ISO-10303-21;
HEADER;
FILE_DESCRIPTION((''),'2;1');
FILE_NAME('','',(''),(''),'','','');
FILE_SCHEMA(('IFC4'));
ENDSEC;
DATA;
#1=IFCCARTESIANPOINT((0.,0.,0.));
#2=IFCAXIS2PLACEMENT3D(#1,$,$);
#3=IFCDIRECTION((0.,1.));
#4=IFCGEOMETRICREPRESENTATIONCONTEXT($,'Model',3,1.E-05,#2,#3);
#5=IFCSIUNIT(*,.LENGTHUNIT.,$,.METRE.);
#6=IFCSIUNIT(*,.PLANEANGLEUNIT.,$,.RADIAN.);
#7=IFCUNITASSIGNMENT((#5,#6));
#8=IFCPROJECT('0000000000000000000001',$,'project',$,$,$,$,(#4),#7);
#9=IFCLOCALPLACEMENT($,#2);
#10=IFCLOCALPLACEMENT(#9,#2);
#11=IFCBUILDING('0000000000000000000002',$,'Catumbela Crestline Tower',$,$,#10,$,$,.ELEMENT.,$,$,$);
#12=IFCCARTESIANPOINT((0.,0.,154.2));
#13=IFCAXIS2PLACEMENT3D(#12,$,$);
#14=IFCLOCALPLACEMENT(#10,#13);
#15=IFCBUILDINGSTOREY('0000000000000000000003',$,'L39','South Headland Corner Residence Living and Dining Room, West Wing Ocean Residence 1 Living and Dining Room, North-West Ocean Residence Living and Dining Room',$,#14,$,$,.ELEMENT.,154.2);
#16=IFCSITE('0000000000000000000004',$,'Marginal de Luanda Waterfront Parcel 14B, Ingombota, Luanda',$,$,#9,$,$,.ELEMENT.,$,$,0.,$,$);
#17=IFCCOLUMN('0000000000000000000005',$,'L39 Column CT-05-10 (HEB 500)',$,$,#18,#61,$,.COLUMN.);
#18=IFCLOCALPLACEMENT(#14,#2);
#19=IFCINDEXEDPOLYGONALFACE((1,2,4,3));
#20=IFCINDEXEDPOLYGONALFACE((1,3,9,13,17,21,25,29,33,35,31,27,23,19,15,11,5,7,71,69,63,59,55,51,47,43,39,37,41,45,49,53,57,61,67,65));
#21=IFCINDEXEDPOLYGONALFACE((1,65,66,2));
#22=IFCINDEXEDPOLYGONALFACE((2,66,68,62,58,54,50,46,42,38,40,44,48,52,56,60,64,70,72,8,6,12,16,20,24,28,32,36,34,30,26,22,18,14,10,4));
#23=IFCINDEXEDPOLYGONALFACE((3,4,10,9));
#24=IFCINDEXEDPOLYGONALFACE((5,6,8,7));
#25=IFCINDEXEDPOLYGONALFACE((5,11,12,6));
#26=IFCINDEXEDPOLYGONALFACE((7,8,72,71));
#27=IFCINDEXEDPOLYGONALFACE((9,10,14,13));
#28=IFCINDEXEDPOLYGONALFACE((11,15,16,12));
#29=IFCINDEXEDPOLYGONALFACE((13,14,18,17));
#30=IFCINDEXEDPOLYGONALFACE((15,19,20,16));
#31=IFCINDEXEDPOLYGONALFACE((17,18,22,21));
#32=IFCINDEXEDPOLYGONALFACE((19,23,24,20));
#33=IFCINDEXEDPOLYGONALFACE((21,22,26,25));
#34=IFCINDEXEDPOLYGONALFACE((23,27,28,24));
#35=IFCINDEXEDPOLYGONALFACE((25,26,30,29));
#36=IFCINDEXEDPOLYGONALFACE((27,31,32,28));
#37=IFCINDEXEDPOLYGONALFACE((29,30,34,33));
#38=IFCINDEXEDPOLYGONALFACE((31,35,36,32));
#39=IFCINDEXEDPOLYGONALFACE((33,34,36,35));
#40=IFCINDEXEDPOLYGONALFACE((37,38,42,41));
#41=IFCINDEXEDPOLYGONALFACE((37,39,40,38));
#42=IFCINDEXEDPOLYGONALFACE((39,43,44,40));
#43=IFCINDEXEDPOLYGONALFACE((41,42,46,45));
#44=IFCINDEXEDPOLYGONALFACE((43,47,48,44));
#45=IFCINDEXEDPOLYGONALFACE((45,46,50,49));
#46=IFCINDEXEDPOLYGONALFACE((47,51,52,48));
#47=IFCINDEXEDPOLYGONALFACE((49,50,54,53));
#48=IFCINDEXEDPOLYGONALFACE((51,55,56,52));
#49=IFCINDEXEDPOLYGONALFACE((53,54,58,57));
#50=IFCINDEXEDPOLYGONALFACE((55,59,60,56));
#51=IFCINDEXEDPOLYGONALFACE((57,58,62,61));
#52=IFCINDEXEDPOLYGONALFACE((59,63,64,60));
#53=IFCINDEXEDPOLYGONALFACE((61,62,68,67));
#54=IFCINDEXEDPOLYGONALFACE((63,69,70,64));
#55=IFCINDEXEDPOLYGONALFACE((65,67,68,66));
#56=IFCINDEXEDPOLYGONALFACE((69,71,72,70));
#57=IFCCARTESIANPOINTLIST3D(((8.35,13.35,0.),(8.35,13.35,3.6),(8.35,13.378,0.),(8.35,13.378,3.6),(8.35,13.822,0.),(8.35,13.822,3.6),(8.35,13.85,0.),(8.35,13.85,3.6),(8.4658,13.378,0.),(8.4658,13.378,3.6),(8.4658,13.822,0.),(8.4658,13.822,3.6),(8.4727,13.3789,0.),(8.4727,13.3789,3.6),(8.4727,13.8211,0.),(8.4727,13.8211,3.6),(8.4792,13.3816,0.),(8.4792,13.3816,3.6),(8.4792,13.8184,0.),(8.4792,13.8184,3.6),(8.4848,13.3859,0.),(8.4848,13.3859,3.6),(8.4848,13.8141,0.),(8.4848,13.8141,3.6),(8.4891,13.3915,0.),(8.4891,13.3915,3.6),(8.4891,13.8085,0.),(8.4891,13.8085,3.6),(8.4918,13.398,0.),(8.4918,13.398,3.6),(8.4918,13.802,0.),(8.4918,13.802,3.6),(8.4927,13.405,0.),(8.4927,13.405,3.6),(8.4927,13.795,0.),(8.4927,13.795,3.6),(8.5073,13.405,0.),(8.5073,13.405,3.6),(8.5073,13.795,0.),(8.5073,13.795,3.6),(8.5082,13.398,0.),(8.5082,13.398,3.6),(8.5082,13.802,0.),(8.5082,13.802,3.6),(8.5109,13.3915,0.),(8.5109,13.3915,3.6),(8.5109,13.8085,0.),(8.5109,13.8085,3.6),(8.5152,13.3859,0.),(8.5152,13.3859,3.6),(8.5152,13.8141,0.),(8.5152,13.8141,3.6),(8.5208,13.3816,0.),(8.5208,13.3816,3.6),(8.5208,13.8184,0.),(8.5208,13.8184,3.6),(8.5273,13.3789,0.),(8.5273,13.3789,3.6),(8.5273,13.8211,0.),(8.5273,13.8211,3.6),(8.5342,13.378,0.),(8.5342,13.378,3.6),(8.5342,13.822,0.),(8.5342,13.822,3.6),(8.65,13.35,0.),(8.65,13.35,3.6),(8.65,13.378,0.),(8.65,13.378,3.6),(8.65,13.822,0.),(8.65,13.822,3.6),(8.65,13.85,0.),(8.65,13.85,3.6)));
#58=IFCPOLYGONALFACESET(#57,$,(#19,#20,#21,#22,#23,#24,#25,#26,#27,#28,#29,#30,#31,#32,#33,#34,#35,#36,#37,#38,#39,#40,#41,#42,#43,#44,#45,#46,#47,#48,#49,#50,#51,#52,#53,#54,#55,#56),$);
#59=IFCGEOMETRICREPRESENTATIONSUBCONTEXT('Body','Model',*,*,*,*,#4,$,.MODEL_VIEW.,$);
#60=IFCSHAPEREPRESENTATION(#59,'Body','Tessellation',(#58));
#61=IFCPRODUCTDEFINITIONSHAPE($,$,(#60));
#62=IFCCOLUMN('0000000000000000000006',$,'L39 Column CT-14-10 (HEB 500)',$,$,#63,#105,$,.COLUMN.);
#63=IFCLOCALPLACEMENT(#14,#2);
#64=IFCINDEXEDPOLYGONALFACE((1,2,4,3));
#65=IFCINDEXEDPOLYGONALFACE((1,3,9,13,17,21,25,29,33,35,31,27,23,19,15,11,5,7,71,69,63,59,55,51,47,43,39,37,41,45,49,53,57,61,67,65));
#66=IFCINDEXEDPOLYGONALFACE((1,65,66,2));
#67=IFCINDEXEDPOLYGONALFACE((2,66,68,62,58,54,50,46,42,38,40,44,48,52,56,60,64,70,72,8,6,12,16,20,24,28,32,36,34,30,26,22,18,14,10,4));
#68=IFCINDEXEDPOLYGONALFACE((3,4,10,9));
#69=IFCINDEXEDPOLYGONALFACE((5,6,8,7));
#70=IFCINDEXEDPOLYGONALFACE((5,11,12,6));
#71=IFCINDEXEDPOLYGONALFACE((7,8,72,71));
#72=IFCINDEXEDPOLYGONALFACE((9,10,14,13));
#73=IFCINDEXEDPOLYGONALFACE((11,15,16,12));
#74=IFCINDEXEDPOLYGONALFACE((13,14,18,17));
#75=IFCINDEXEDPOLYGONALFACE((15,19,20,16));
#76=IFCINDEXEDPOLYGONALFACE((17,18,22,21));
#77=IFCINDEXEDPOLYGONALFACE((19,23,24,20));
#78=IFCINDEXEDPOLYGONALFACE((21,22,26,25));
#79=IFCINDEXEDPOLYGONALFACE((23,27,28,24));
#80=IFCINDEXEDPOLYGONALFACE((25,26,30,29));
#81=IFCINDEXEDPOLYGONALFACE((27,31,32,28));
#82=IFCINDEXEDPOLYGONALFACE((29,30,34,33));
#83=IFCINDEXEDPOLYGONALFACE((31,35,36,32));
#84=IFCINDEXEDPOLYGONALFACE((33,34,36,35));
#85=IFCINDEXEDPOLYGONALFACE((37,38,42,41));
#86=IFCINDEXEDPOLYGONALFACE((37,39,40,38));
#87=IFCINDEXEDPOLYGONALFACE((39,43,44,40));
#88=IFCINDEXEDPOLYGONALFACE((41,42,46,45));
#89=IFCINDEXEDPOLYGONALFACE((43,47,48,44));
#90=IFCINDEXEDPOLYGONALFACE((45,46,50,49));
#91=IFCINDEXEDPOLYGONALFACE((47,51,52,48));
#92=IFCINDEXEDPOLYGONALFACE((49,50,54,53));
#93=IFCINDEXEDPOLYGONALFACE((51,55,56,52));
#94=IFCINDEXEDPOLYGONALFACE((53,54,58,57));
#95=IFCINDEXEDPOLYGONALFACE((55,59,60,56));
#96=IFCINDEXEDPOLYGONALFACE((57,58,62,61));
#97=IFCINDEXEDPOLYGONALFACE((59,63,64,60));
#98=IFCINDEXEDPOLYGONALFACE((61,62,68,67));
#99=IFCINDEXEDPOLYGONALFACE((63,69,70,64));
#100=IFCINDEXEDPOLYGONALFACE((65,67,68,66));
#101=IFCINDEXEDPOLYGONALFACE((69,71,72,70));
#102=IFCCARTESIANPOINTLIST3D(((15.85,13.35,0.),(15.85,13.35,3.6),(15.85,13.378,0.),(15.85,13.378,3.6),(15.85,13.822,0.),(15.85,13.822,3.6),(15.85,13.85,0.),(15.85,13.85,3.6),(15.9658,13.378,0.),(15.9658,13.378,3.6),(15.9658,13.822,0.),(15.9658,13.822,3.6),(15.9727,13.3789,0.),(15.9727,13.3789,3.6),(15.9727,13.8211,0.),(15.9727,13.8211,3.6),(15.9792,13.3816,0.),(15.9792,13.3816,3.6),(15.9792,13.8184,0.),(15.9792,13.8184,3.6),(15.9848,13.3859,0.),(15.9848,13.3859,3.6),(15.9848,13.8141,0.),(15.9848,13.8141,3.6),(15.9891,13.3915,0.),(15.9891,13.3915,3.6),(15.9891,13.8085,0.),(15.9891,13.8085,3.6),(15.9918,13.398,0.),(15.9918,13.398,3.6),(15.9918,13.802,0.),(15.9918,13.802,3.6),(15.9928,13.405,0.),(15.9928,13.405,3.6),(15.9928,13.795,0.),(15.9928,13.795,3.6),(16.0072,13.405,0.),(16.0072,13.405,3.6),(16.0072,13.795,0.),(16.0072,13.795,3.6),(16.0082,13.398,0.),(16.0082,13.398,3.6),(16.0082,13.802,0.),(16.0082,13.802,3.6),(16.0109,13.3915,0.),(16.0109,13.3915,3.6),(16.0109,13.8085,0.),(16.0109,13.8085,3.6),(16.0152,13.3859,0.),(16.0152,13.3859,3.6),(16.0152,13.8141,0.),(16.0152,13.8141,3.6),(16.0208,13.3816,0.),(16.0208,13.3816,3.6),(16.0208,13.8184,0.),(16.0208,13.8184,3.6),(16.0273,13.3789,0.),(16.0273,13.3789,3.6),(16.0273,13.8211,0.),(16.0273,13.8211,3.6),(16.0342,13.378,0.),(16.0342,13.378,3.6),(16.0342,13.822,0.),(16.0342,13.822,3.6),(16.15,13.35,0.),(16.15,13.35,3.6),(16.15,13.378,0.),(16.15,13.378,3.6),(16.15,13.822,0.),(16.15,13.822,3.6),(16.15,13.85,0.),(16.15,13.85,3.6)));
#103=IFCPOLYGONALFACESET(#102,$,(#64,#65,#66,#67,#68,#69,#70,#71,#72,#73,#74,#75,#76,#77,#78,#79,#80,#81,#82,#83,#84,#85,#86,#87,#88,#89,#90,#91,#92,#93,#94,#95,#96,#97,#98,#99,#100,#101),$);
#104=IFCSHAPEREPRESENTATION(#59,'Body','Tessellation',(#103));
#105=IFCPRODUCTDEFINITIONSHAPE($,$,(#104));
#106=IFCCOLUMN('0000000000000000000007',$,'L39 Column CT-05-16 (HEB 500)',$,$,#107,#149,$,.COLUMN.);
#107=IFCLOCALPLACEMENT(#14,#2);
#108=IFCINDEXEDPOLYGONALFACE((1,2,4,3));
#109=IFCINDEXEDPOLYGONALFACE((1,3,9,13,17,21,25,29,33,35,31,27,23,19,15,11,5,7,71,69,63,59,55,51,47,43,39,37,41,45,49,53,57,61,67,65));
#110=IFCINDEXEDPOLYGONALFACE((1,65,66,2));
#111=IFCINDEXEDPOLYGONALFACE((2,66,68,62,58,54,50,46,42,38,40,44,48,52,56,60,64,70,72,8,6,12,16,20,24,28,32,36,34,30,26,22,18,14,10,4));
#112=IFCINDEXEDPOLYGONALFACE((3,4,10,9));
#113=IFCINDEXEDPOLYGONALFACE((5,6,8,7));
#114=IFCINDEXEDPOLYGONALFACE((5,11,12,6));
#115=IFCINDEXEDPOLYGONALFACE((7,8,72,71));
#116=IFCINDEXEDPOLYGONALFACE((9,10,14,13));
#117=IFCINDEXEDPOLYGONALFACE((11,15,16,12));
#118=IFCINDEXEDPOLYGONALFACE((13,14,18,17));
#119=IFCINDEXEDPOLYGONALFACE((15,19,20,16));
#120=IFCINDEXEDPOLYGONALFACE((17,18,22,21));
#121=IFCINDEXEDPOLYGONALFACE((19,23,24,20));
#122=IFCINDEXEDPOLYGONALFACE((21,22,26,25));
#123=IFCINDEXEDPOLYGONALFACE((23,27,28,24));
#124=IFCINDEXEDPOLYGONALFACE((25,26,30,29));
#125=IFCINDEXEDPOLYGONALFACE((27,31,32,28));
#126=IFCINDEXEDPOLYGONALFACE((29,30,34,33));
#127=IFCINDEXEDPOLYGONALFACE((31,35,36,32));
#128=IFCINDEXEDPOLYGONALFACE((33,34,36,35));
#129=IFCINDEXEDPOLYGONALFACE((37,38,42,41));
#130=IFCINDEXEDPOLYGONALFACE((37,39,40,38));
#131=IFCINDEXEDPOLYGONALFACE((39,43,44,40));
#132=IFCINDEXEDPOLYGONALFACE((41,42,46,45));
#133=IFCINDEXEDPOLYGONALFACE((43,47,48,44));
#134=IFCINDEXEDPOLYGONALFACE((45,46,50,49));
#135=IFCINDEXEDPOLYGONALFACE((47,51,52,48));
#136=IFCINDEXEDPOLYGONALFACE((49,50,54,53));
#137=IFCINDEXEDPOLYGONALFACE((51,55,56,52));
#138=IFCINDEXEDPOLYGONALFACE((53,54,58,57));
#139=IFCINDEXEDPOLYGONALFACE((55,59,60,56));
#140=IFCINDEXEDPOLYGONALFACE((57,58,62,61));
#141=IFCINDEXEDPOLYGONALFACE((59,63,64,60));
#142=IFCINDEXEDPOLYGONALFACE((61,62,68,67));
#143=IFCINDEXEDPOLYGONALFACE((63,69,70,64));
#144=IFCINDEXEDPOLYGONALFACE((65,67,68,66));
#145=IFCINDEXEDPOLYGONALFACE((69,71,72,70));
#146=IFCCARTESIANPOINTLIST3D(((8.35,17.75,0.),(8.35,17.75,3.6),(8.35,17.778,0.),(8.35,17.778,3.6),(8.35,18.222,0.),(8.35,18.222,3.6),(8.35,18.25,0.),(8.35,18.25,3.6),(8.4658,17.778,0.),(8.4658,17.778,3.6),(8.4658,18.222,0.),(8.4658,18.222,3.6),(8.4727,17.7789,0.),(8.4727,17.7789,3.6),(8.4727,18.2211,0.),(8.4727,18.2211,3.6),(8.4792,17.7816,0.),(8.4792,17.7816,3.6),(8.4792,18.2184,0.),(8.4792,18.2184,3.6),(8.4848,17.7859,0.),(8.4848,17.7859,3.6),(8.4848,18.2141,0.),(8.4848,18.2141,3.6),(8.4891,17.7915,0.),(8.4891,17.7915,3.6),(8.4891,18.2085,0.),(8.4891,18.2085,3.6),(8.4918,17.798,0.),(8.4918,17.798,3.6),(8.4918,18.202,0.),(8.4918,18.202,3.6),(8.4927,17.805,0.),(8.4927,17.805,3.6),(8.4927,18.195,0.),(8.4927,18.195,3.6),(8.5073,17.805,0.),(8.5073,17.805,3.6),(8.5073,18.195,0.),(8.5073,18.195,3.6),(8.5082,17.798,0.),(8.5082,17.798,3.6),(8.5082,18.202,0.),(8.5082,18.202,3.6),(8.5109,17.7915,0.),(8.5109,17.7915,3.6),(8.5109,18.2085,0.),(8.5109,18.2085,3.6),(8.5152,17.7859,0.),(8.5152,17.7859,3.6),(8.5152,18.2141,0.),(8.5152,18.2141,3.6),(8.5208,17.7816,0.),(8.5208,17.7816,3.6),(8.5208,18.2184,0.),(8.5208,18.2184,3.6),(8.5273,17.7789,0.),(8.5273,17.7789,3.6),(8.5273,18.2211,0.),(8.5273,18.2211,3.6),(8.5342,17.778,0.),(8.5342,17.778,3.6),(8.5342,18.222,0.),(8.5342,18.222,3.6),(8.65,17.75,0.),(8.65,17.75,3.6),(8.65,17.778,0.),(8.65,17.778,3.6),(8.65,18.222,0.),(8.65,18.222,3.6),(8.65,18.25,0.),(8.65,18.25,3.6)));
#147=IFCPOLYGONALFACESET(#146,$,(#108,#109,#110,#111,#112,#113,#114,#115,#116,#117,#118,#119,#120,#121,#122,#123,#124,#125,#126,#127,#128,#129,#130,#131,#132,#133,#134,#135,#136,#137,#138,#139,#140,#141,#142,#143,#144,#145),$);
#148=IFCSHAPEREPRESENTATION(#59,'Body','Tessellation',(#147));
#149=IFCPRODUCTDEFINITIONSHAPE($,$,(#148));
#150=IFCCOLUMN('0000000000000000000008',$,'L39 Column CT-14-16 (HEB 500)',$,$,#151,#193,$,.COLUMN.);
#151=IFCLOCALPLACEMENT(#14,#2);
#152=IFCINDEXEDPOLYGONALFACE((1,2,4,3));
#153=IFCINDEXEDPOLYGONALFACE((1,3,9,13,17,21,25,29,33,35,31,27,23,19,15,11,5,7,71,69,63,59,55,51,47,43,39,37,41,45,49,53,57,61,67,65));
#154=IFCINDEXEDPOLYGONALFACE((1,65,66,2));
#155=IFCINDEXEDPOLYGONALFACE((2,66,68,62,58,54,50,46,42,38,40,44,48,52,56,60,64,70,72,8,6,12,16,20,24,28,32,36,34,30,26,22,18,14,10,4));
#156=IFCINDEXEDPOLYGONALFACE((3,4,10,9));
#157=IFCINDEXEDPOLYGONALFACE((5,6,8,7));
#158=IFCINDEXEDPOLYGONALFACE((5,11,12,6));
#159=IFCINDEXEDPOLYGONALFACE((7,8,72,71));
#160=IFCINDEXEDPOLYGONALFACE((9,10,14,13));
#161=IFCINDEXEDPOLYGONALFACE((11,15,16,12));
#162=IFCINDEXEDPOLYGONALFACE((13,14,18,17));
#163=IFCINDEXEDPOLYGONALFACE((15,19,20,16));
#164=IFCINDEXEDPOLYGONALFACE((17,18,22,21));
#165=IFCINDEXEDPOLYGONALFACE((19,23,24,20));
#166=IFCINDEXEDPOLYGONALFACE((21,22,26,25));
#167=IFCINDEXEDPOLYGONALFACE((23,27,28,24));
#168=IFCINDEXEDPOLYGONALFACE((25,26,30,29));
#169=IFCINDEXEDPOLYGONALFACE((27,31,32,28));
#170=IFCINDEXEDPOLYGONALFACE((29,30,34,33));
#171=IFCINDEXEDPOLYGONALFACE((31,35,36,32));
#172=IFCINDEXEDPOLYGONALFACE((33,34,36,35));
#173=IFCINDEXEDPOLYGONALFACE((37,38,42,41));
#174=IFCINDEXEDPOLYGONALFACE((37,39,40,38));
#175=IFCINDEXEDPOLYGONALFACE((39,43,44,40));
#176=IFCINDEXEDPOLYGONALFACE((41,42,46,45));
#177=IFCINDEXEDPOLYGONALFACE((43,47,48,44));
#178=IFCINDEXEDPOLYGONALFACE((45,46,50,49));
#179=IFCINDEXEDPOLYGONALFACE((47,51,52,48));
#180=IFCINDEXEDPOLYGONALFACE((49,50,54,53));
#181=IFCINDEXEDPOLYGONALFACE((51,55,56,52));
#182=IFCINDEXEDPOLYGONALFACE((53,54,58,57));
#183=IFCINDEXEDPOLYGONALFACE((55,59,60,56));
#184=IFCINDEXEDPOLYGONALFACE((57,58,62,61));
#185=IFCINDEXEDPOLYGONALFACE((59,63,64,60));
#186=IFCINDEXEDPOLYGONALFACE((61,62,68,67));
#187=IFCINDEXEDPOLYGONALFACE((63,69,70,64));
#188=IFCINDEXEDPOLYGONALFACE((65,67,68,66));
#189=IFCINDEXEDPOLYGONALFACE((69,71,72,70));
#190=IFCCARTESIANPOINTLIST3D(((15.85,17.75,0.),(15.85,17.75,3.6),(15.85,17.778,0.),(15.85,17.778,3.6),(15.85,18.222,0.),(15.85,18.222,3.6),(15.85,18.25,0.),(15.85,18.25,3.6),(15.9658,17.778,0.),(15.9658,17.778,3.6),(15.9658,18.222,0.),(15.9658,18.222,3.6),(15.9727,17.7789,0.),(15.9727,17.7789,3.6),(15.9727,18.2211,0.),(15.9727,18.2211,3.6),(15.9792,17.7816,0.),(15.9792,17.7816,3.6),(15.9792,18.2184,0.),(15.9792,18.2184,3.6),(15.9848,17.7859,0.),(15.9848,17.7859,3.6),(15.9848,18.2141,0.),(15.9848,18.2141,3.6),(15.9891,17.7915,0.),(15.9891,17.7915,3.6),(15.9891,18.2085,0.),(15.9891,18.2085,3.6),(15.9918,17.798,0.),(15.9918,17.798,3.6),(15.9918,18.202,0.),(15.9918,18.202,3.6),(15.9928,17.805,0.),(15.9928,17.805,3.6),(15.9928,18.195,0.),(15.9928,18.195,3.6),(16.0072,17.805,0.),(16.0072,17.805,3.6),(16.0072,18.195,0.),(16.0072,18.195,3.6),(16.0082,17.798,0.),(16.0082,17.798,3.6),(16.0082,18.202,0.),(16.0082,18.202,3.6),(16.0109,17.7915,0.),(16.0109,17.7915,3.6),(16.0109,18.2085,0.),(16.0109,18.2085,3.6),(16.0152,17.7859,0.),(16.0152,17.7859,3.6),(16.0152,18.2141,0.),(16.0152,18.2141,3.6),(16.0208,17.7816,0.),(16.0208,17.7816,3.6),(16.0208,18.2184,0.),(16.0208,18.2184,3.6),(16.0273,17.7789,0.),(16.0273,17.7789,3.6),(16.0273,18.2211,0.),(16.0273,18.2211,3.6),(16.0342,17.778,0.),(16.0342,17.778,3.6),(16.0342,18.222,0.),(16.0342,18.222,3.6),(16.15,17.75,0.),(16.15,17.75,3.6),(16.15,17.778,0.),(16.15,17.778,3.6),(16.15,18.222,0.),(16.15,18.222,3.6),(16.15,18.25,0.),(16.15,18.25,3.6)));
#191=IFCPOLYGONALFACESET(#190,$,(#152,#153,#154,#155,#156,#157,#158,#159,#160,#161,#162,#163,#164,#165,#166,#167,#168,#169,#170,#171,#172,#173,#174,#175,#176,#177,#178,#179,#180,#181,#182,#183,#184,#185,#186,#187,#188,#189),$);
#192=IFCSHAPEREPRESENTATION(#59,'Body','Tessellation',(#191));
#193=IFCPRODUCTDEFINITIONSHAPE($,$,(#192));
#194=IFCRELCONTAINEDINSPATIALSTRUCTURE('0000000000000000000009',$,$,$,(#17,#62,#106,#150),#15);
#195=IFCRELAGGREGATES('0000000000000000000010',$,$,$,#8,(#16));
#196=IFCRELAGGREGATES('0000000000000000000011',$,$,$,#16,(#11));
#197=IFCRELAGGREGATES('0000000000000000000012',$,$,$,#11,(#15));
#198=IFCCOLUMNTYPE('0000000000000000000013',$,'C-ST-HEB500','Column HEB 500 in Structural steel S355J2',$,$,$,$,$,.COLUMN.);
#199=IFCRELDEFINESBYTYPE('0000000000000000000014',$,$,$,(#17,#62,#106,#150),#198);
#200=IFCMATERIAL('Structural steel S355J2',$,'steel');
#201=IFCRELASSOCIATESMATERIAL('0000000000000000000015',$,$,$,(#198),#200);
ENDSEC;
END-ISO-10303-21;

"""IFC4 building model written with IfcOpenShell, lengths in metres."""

from ifc_helpers import new_model, si_unit, direction, frame, origin, origin_2d, place, context, subcontext, project, spatial, i_section, extrude, material, material_profile, profile_set, type_object, element, save


model = new_model("IFC4")

# Units and contexts
model_context = context("Model", 3, precision=1e-05, world=origin(), true_north=direction((0.0, 1.0)))
body_context = subcontext(model_context, "Body", "Model", "MODEL_VIEW")
ifc_project = project(units=[si_unit("LENGTHUNIT", "METRE"), si_unit("PLANEANGLEUNIT", "RADIAN")], contexts=[model_context])

# Site, building, storey
site_placement = place(None, origin())
site = spatial("IfcSite", under=ifc_project, at=site_placement, Name="Marginal de Luanda Waterfront Parcel 14B, Ingombota, Luanda", CompositionType="ELEMENT", RefElevation=0.0)
building_placement = place(site_placement, origin())
building = spatial("IfcBuilding", under=site, at=building_placement, Name="Catumbela Crestline Tower", CompositionType="ELEMENT")
storey_placement = place(building_placement, frame((0.0, 0.0, 154.2)))
storey = spatial("IfcBuildingStorey", under=building, at=storey_placement, Name="L39", Description="South Headland Corner Residence Living and Dining Room, West Wing Ocean Residence 1 Living and Dining Room, North-West Ocean Residence Living and Dining Room", CompositionType="ELEMENT", Elevation=154.2)

# Columns
ifc_material_1 = material(Name="Structural steel S355J2", Category="steel")
ifc_material_profile_1 = material_profile(ifc_material_1, i_section(OverallWidth=0.3, OverallDepth=0.5, WebThickness=0.0145, FlangeThickness=0.028, FilletRadius=0.027, at=origin_2d()), Name="HEB 500")
ifc_profile_set_1 = profile_set([ifc_material_profile_1], Name="Structural steel S355J2")
column_type = type_object("IfcColumnType", Name="C-ST-HEB500", Description="Column HEB 500 in Structural steel S355J2", PredefinedType="COLUMN", material=ifc_profile_set_1)
for number, where, z_axis, x_axis, name in (
    (1, (8.5, 13.6, 0.0), (0.0, 0.0, 1.0), (1.0, 0.0, 0.0), "L39 Column CT-05-10 (HEB 500)"),
    (2, (16.0, 13.6, 0.0), (0.0, 0.0, 1.0), (1.0, 0.0, 0.0), "L39 Column CT-14-10 (HEB 500)"),
    (3, (8.5, 18.0, 0.0), (0.0, 0.0, 1.0), (1.0, 0.0, 0.0), "L39 Column CT-05-16 (HEB 500)"),
    (4, (16.0, 18.0, 0.0), (0.0, 0.0, 1.0), (1.0, 0.0, 0.0), "L39 Column CT-14-16 (HEB 500)"),
):
    element("IfcColumn", number, at=place(storey_placement, frame(where, z_axis=z_axis, x_axis=x_axis)), inside=storey, type_object=column_type, Name=name, PredefinedType="COLUMN", context=body_context, shape_type="SweptSolid", body=[
        extrude(i_section(OverallWidth=0.3, OverallDepth=0.5, WebThickness=0.0145, FlangeThickness=0.028, FilletRadius=0.027, at=origin_2d()), origin(), (0.0, 0.0, 1.0), 3.6),
    ])

save(model, "model.ifc")
